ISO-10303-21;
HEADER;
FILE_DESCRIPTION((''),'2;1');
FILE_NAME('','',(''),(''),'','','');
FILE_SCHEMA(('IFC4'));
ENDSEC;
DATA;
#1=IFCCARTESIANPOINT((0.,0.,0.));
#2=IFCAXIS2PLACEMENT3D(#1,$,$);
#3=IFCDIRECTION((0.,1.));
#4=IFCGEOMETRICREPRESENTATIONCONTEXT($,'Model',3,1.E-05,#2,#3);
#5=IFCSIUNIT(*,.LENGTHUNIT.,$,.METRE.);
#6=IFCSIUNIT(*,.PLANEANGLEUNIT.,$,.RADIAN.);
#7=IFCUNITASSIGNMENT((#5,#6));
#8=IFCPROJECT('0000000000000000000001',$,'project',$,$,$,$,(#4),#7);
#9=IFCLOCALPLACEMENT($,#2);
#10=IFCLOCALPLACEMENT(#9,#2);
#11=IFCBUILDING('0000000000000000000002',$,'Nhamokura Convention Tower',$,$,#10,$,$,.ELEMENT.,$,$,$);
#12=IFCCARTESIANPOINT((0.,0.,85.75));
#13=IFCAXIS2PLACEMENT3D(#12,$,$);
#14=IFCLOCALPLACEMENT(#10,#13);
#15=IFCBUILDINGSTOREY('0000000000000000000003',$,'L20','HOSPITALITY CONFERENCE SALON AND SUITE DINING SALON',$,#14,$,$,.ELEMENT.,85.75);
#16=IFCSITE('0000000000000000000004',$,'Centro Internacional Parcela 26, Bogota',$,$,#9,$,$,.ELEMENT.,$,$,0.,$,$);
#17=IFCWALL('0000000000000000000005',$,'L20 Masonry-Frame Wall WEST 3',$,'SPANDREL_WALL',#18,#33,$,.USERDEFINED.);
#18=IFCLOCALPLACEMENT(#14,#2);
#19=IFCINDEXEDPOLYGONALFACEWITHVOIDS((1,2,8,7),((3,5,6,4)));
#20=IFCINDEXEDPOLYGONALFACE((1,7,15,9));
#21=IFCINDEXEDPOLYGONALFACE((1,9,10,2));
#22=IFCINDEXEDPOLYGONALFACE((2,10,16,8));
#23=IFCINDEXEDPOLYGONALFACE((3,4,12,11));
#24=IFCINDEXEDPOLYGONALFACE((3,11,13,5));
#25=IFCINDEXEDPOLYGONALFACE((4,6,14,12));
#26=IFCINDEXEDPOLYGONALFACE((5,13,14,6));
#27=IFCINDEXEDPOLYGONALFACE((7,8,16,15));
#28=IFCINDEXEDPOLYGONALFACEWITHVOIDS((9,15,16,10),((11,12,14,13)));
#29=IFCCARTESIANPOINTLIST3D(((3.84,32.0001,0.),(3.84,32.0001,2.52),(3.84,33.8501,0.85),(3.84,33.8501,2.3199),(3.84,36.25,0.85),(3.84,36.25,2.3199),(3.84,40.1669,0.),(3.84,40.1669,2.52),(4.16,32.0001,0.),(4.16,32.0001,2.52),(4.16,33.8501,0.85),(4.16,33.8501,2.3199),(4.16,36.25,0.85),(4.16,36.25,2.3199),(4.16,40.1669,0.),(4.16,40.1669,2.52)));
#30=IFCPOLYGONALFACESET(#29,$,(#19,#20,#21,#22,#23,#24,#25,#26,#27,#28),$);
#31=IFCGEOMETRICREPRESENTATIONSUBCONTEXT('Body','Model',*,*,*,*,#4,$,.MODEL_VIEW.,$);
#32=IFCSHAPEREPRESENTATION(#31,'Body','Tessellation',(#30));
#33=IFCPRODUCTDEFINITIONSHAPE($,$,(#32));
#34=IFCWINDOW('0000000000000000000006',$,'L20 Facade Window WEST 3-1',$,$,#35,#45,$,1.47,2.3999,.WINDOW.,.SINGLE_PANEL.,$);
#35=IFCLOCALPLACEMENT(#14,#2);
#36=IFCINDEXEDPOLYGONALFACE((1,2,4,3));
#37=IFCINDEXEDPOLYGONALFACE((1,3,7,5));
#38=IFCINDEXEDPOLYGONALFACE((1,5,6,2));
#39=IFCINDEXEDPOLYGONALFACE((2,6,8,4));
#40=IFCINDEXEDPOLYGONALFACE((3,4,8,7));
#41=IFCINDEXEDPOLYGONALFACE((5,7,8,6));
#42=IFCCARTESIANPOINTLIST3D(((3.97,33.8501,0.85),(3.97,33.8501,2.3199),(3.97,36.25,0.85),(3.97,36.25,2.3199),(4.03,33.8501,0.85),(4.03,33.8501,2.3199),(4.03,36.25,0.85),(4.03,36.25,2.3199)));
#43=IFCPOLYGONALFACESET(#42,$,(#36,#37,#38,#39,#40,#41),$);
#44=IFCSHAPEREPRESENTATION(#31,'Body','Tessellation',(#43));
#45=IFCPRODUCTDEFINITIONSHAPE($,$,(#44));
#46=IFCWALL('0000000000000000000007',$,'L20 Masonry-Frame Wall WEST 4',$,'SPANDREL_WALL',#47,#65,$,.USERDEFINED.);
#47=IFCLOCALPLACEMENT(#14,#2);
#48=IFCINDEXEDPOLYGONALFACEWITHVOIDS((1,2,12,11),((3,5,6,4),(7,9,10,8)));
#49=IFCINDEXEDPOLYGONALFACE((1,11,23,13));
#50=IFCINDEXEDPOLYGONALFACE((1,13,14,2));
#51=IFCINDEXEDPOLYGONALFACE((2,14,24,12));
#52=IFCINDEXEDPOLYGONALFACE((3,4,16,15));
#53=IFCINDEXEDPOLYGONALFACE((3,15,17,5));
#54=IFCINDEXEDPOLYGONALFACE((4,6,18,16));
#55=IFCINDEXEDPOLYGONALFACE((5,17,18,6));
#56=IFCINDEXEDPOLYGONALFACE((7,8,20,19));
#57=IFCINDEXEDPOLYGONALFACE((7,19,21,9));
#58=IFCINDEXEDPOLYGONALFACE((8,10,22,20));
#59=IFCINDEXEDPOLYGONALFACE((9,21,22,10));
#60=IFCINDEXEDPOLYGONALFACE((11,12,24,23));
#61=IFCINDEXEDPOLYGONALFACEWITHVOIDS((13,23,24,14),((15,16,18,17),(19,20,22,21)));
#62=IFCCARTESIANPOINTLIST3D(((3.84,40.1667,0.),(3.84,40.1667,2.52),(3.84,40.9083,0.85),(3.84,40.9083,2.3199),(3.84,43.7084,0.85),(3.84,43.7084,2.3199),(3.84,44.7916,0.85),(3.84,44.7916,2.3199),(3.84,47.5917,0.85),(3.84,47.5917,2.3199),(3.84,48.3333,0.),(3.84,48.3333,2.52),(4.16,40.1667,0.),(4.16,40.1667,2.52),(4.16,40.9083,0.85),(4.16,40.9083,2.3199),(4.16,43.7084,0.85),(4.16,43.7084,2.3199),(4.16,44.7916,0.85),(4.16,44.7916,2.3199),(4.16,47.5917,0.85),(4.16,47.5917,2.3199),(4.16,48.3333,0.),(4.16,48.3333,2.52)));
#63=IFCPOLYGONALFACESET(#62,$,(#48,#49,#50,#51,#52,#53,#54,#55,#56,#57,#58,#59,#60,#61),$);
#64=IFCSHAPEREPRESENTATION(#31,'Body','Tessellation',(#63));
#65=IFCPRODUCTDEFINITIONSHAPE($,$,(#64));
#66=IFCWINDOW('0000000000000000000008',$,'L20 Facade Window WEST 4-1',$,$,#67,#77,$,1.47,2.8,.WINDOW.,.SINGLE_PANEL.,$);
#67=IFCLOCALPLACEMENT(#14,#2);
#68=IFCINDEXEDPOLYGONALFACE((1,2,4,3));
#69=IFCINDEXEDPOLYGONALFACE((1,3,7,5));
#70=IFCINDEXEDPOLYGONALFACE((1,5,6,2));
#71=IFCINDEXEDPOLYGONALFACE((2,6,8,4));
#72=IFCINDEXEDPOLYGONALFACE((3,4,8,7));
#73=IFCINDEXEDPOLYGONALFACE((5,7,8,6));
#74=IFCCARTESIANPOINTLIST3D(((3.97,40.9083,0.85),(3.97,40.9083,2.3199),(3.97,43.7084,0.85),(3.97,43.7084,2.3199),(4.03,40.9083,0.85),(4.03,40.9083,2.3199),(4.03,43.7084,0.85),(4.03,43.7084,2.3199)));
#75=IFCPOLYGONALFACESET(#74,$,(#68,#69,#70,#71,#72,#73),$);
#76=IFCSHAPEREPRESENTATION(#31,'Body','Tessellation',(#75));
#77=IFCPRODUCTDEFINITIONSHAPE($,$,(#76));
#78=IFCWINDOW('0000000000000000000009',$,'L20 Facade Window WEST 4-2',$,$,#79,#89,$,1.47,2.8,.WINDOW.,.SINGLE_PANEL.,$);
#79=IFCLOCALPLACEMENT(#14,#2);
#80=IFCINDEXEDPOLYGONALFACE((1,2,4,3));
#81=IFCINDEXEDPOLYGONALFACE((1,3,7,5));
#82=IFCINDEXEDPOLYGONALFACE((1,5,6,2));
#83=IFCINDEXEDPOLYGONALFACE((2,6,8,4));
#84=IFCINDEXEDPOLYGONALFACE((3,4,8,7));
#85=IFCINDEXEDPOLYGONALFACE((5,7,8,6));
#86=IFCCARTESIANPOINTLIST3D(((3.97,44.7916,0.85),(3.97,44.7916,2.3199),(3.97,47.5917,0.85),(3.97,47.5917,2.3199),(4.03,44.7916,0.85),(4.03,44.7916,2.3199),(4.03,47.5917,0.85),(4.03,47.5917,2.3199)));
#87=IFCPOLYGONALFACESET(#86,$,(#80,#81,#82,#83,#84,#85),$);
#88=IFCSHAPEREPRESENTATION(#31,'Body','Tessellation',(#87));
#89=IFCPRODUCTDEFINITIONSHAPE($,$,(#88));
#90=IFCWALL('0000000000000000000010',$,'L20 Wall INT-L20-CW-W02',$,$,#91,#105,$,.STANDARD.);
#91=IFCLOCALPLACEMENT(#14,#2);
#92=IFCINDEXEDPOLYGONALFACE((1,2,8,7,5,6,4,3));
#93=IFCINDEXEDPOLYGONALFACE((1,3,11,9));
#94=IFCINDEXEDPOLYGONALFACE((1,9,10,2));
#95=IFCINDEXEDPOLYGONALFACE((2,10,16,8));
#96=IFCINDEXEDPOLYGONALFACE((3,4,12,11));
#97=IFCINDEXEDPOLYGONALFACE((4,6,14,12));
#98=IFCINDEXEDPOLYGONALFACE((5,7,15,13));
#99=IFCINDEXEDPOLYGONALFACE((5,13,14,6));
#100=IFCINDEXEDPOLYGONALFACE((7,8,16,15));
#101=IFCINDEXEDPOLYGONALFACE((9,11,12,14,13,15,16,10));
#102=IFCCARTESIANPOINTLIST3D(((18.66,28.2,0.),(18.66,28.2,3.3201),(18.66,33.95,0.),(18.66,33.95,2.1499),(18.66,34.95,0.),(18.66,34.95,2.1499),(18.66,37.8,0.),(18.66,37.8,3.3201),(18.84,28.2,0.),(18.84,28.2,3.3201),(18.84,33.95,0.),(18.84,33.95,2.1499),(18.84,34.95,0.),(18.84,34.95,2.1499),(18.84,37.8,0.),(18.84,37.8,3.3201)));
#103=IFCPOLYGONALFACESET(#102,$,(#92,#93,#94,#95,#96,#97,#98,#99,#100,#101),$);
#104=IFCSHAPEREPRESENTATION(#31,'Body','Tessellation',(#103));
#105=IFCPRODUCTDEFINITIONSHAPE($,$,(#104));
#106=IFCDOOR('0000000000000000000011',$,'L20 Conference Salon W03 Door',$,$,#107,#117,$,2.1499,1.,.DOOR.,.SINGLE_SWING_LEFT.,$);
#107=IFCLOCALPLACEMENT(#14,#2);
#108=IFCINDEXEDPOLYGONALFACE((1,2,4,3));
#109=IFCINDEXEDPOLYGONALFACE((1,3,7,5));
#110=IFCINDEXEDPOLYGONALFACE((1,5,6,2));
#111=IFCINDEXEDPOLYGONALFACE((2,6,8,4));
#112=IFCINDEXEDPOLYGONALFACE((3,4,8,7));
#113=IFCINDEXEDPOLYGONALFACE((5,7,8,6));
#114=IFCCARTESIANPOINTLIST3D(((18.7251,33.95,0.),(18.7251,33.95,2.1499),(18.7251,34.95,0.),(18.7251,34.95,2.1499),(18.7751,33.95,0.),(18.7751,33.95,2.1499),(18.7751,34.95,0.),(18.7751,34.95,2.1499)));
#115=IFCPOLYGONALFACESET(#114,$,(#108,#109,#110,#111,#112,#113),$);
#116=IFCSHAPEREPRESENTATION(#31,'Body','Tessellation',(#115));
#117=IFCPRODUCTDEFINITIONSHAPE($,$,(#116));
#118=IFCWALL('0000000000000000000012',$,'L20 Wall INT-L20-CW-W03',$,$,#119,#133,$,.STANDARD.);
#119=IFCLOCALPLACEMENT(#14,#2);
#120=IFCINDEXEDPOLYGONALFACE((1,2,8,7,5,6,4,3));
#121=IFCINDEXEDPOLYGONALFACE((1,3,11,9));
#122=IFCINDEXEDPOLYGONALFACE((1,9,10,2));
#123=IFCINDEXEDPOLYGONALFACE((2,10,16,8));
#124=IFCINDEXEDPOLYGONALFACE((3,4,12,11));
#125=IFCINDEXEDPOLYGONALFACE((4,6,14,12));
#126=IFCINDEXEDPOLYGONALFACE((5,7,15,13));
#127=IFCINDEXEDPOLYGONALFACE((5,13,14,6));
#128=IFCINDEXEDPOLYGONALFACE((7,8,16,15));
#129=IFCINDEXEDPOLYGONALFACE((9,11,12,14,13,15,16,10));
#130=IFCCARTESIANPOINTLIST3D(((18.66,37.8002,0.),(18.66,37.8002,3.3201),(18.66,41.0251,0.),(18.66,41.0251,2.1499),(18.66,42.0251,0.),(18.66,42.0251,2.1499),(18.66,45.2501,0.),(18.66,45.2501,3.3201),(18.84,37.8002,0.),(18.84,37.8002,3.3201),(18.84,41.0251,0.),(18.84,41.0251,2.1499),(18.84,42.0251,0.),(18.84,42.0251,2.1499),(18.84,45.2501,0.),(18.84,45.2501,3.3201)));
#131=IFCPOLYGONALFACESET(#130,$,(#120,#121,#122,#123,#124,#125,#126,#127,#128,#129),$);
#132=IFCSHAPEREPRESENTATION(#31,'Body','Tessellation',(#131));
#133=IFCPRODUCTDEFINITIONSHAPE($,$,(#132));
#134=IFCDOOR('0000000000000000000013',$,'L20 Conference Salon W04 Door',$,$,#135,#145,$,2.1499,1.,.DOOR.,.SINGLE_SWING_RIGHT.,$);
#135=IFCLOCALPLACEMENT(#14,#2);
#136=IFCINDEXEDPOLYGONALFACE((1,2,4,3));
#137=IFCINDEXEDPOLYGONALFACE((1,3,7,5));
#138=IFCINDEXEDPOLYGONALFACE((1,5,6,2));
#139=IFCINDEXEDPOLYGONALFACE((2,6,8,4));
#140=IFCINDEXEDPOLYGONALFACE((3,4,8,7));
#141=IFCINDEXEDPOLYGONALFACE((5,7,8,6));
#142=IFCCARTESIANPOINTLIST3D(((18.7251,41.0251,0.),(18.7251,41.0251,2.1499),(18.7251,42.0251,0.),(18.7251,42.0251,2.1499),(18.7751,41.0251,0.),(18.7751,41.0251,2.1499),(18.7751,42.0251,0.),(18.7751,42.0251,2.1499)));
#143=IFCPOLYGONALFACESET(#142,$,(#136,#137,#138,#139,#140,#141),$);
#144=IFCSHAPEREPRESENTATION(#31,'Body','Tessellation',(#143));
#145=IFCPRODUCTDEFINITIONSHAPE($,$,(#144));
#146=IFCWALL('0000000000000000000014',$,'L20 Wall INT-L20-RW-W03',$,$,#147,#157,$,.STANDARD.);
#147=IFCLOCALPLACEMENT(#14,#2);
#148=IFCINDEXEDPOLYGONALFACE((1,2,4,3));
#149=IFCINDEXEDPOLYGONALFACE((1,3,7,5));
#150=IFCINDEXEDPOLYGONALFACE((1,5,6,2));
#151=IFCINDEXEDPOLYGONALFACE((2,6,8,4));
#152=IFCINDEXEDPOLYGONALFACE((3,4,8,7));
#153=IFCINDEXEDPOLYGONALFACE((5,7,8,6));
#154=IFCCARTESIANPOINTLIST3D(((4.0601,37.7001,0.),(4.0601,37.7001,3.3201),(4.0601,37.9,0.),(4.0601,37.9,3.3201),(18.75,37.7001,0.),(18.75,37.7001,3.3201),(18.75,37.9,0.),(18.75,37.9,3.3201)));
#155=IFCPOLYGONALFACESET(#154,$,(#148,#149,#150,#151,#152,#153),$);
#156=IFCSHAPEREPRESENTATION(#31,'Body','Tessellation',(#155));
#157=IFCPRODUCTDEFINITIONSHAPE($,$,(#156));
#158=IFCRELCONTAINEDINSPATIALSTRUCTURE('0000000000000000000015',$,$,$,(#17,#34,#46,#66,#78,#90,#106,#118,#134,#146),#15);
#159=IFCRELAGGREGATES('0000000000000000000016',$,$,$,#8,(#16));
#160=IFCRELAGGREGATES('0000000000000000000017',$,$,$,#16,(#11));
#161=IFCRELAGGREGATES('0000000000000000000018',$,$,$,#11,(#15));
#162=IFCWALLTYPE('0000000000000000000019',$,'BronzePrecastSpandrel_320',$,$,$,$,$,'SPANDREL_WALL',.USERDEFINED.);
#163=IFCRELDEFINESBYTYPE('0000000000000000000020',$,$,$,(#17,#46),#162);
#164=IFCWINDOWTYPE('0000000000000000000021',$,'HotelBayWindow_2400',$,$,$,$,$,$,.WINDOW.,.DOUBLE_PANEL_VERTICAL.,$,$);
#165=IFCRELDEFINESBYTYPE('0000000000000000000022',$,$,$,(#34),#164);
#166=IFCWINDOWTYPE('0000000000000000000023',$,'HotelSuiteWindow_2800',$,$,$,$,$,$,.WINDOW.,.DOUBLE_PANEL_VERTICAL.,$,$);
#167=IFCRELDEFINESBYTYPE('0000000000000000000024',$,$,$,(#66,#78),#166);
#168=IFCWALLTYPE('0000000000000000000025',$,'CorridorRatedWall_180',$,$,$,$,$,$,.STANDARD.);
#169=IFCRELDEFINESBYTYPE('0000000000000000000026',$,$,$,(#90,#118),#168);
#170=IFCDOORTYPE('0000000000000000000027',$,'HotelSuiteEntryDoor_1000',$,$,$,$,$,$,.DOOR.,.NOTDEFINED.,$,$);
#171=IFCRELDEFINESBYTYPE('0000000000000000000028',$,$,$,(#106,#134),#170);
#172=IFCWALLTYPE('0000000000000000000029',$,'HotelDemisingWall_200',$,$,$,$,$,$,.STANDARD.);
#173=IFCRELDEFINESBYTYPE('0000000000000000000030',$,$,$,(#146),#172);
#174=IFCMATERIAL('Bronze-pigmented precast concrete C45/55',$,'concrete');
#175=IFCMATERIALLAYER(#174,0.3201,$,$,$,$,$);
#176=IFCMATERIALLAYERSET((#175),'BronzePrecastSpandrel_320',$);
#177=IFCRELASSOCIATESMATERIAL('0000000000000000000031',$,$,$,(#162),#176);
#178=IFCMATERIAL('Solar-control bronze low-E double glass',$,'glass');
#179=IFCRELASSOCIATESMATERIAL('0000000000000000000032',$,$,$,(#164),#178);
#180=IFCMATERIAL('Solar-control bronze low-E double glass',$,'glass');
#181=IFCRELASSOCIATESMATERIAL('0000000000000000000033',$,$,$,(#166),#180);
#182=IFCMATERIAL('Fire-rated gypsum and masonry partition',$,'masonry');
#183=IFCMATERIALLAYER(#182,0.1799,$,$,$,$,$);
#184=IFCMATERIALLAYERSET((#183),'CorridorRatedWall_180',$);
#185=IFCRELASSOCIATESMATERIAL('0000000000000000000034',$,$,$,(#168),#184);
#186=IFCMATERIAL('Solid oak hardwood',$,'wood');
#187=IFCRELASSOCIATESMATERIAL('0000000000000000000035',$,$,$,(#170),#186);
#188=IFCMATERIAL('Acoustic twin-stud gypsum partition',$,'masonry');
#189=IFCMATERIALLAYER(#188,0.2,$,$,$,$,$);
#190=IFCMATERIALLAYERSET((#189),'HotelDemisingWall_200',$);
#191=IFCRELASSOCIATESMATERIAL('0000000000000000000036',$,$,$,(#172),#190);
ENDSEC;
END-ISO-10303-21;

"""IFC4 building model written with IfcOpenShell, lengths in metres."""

from ifc_helpers import new_model, si_unit, direction, frame, frame_2d, origin, place, context, subcontext, project, spatial, rectangle, extrude, material, layer, layer_set, type_object, element, fill, save


model = new_model("IFC4")

# Units and contexts
model_context = context("Model", 3, precision=1e-05, world=origin(), true_north=direction((0.0, 1.0)))
body_context = subcontext(model_context, "Body", "Model", "MODEL_VIEW")
ifc_project = project(units=[si_unit("LENGTHUNIT", "METRE"), si_unit("PLANEANGLEUNIT", "RADIAN")], contexts=[model_context])

# Site, building, storey
site_placement = place(None, origin())
site = spatial("IfcSite", under=ifc_project, at=site_placement, Name="Centro Internacional Parcela 26, Bogota", CompositionType="ELEMENT", RefElevation=0.0)
building_placement = place(site_placement, origin())
building = spatial("IfcBuilding", under=site, at=building_placement, Name="Nhamokura Convention Tower", CompositionType="ELEMENT")
storey_placement = place(building_placement, frame((0.0, 0.0, 85.75)))
storey = spatial("IfcBuildingStorey", under=building, at=storey_placement, Name="L20", Description="HOSPITALITY CONFERENCE SALON AND SUITE DINING SALON", CompositionType="ELEMENT", Elevation=85.75)

# Wall, opening, window
ifc_material_1 = material(Name="Bronze-pigmented precast concrete C45/55", Category="concrete")
ifc_layer_1 = layer(ifc_material_1, 0.3201)
ifc_layer_set_1 = layer_set([ifc_layer_1], Name="BronzePrecastSpandrel_320")
wall_type_1 = type_object("IfcWallType", Name="BronzePrecastSpandrel_320", ElementType="SPANDREL_WALL", PredefinedType="USERDEFINED", material=ifc_layer_set_1)
wall_1_placement = place(storey_placement, frame((4.0, 32.0, 0.0), z_axis=(0.0, 0.0, 1.0), x_axis=(0.0, 1.0, 0.0)))
wall_1 = element("IfcWall", 1, at=wall_1_placement, inside=storey, type_object=wall_type_1, Name="L20 Masonry-Frame Wall WEST 3", ObjectType="SPANDREL_WALL", PredefinedType="USERDEFINED", context=body_context, shape_type="SweptSolid", body=[
    extrude(rectangle(XDim=8.1667, YDim=0.3201, at=frame_2d((4.0835, 0.0))), origin(), (0.0, 0.0, 1.0), 2.52),
])
opening_1_placement = place(wall_1_placement, frame((1.8501, 0.0, 0.8501)))
opening_1 = element("IfcOpeningElement", 2, at=opening_1_placement, cuts=wall_1, PredefinedType="OPENING", context=body_context, shape_type="SweptSolid", body=[
    extrude(rectangle(XDim=2.3999, YDim=1.47, at=frame_2d((1.2, 0.7349))), frame((0.0, 0.1699, 0.0), z_axis=(0.0, -1.0, 0.0), x_axis=(1.0, 0.0, 0.0)), (0.0, 0.0, 1.0), 0.3401),
])
ifc_material_2 = material(Name="Solar-control bronze low-E double glass", Category="glass")
window_type_1 = type_object("IfcWindowType", Name="HotelBayWindow_2400", PartitioningType="DOUBLE_PANEL_VERTICAL", PredefinedType="WINDOW", material=ifc_material_2)
window_1_placement = place(opening_1_placement, origin())
window_1 = element("IfcWindow", 3, at=window_1_placement, inside=storey, type_object=window_type_1, Name="L20 Facade Window WEST 3-1", OverallHeight=1.47, OverallWidth=2.3999, PartitioningType="SINGLE_PANEL", PredefinedType="WINDOW", context=body_context, shape_type="SweptSolid", body=[
    extrude(rectangle(XDim=2.3999, YDim=1.47, at=frame_2d((1.2, 0.7349))), frame((0.0, 0.03, 0.0), z_axis=(0.0, -1.0, 0.0), x_axis=(1.0, 0.0, 0.0)), (0.0, 0.0, 1.0), 0.0601),
])
fill(opening_1, window_1)

# Wall, openings, windows
wall_2_placement = place(storey_placement, frame((4.0, 40.1667, 0.0), z_axis=(0.0, 0.0, 1.0), x_axis=(0.0, 1.0, 0.0)))
wall_2 = element("IfcWall", 4, at=wall_2_placement, inside=storey, type_object=wall_type_1, Name="L20 Masonry-Frame Wall WEST 4", ObjectType="SPANDREL_WALL", PredefinedType="USERDEFINED", context=body_context, shape_type="SweptSolid", body=[
    extrude(rectangle(XDim=8.1665, YDim=0.3201, at=frame_2d((4.0833, 0.0))), origin(), (0.0, 0.0, 1.0), 2.52),
])
opening_2_placement = place(wall_2_placement, frame((0.7417, 0.0, 0.8501)))
opening_2 = element("IfcOpeningElement", 5, at=opening_2_placement, cuts=wall_2, PredefinedType="OPENING", context=body_context, shape_type="SweptSolid", body=[
    extrude(rectangle(XDim=2.8, YDim=1.47, at=frame_2d((1.3999, 0.7349))), frame((0.0, 0.1699, 0.0), z_axis=(0.0, -1.0, 0.0), x_axis=(1.0, 0.0, 0.0)), (0.0, 0.0, 1.0), 0.3401),
])
opening_3_placement = place(wall_2_placement, frame((4.625, 0.0, 0.8501)))
opening_3 = element("IfcOpeningElement", 6, at=opening_3_placement, cuts=wall_2, PredefinedType="OPENING", context=body_context, shape_type="SweptSolid", body=[
    extrude(rectangle(XDim=2.8, YDim=1.47, at=frame_2d((1.3999, 0.7349))), frame((0.0, 0.1699, 0.0), z_axis=(0.0, -1.0, 0.0), x_axis=(1.0, 0.0, 0.0)), (0.0, 0.0, 1.0), 0.3401),
])
ifc_material_3 = material(Name="Solar-control bronze low-E double glass", Category="glass")
window_type_2 = type_object("IfcWindowType", Name="HotelSuiteWindow_2800", PartitioningType="DOUBLE_PANEL_VERTICAL", PredefinedType="WINDOW", material=ifc_material_3)
window_2_placement = place(opening_2_placement, origin())
window_2 = element("IfcWindow", 7, at=window_2_placement, inside=storey, type_object=window_type_2, Name="L20 Facade Window WEST 4-1", OverallHeight=1.47, OverallWidth=2.8, PartitioningType="SINGLE_PANEL", PredefinedType="WINDOW", context=body_context, shape_type="SweptSolid", body=[
    extrude(rectangle(XDim=2.8, YDim=1.47, at=frame_2d((1.3999, 0.7349))), frame((0.0, 0.03, 0.0), z_axis=(0.0, -1.0, 0.0), x_axis=(1.0, 0.0, 0.0)), (0.0, 0.0, 1.0), 0.0601),
])
fill(opening_2, window_2)
window_3_placement = place(opening_3_placement, origin())
window_3 = element("IfcWindow", 8, at=window_3_placement, inside=storey, type_object=window_type_2, Name="L20 Facade Window WEST 4-2", OverallHeight=1.47, OverallWidth=2.8, PartitioningType="SINGLE_PANEL", PredefinedType="WINDOW", context=body_context, shape_type="SweptSolid", body=[
    extrude(rectangle(XDim=2.8, YDim=1.47, at=frame_2d((1.3999, 0.7349))), frame((0.0, 0.03, 0.0), z_axis=(0.0, -1.0, 0.0), x_axis=(1.0, 0.0, 0.0)), (0.0, 0.0, 1.0), 0.0601),
])
fill(opening_3, window_3)

# Walls, openings, doors
ifc_material_4 = material(Name="Fire-rated gypsum and masonry partition", Category="masonry")
ifc_layer_2 = layer(ifc_material_4, 0.1799)
ifc_layer_set_2 = layer_set([ifc_layer_2], Name="CorridorRatedWall_180")
wall_type_2 = type_object("IfcWallType", Name="CorridorRatedWall_180", PredefinedType="STANDARD", material=ifc_layer_set_2)
wall_3_placement = place(storey_placement, frame((18.75, 28.2, 0.0), z_axis=(0.0, 0.0, 1.0), x_axis=(0.0, 1.0, 0.0)))
wall_3 = element("IfcWall", 9, at=wall_3_placement, inside=storey, type_object=wall_type_2, Name="L20 Wall INT-L20-CW-W02", PredefinedType="STANDARD", context=body_context, shape_type="SweptSolid", body=[
    extrude(rectangle(XDim=9.6001, YDim=0.1799, at=frame_2d((4.8, 0.0))), origin(), (0.0, 0.0, 1.0), 3.3201),
])
opening_4_placement = place(wall_3_placement, frame((5.75, 0.0, 0.0)))
opening_4 = element("IfcOpeningElement", 10, at=opening_4_placement, cuts=wall_3, PredefinedType="OPENING", context=body_context, shape_type="SweptSolid", body=[
    extrude(rectangle(XDim=1.0, YDim=2.1499, at=frame_2d((0.5, 1.075))), frame((0.0, 0.0999, 0.0), z_axis=(0.0, -1.0, 0.0), x_axis=(1.0, 0.0, 0.0)), (0.0, 0.0, 1.0), 0.2),
])
ifc_material_5 = material(Name="Solid oak hardwood", Category="wood")
door_type = type_object("IfcDoorType", Name="HotelSuiteEntryDoor_1000", OperationType="NOTDEFINED", PredefinedType="DOOR", material=ifc_material_5)
door_1_placement = place(opening_4_placement, origin())
door_1 = element("IfcDoor", 11, at=door_1_placement, inside=storey, type_object=door_type, Name="L20 Conference Salon W03 Door", OperationType="SINGLE_SWING_LEFT", OverallHeight=2.1499, OverallWidth=1.0, PredefinedType="DOOR", context=body_context, shape_type="SweptSolid", body=[
    extrude(rectangle(XDim=1.0, YDim=2.1499, at=frame_2d((0.5, 1.075))), frame((0.0, 0.0249, 0.0), z_axis=(0.0, -1.0, 0.0), x_axis=(1.0, 0.0, 0.0)), (0.0, 0.0, 1.0), 0.05),
])
fill(opening_4, door_1)
wall_4_placement = place(storey_placement, frame((18.75, 37.8, 0.0), z_axis=(0.0, 0.0, 1.0), x_axis=(0.0, 1.0, 0.0)))
wall_4 = element("IfcWall", 12, at=wall_4_placement, inside=storey, type_object=wall_type_2, Name="L20 Wall INT-L20-CW-W03", PredefinedType="STANDARD", context=body_context, shape_type="SweptSolid", body=[
    extrude(rectangle(XDim=7.45, YDim=0.1799, at=frame_2d((3.7251, 0.0))), origin(), (0.0, 0.0, 1.0), 3.3201),
])
opening_5_placement = place(wall_4_placement, frame((3.2251, 0.0, 0.0)))
opening_5 = element("IfcOpeningElement", 13, at=opening_5_placement, cuts=wall_4, PredefinedType="OPENING", context=body_context, shape_type="SweptSolid", body=[
    extrude(rectangle(XDim=1.0, YDim=2.1499, at=frame_2d((0.5, 1.075))), frame((0.0, 0.0999, 0.0), z_axis=(0.0, -1.0, 0.0), x_axis=(1.0, 0.0, 0.0)), (0.0, 0.0, 1.0), 0.2),
])
door_2_placement = place(opening_5_placement, origin())
door_2 = element("IfcDoor", 14, at=door_2_placement, inside=storey, type_object=door_type, Name="L20 Conference Salon W04 Door", OperationType="SINGLE_SWING_RIGHT", OverallHeight=2.1499, OverallWidth=1.0, PredefinedType="DOOR", context=body_context, shape_type="SweptSolid", body=[
    extrude(rectangle(XDim=1.0, YDim=2.1499, at=frame_2d((0.5, 1.075))), frame((0.0, 0.0249, 0.0), z_axis=(0.0, -1.0, 0.0), x_axis=(1.0, 0.0, 0.0)), (0.0, 0.0, 1.0), 0.05),
])
fill(opening_5, door_2)

# Wall
ifc_material_6 = material(Name="Acoustic twin-stud gypsum partition", Category="masonry")
ifc_layer_3 = layer(ifc_material_6, 0.2)
ifc_layer_set_3 = layer_set([ifc_layer_3], Name="HotelDemisingWall_200")
wall_type_3 = type_object("IfcWallType", Name="HotelDemisingWall_200", PredefinedType="STANDARD", material=ifc_layer_set_3)
wall_5_placement = place(storey_placement, frame((4.0601, 37.8, 0.0), z_axis=(0.0, 0.0, 1.0), x_axis=(1.0, 0.0, 0.0)))
element("IfcWall", 15, at=wall_5_placement, inside=storey, type_object=wall_type_3, Name="L20 Wall INT-L20-RW-W03", PredefinedType="STANDARD", context=body_context, shape_type="SweptSolid", body=[
    extrude(rectangle(XDim=14.6899, YDim=0.2, at=frame_2d((7.345, 0.0))), origin(), (0.0, 0.0, 1.0), 3.3201),
])

save(model, "model.ifc")
